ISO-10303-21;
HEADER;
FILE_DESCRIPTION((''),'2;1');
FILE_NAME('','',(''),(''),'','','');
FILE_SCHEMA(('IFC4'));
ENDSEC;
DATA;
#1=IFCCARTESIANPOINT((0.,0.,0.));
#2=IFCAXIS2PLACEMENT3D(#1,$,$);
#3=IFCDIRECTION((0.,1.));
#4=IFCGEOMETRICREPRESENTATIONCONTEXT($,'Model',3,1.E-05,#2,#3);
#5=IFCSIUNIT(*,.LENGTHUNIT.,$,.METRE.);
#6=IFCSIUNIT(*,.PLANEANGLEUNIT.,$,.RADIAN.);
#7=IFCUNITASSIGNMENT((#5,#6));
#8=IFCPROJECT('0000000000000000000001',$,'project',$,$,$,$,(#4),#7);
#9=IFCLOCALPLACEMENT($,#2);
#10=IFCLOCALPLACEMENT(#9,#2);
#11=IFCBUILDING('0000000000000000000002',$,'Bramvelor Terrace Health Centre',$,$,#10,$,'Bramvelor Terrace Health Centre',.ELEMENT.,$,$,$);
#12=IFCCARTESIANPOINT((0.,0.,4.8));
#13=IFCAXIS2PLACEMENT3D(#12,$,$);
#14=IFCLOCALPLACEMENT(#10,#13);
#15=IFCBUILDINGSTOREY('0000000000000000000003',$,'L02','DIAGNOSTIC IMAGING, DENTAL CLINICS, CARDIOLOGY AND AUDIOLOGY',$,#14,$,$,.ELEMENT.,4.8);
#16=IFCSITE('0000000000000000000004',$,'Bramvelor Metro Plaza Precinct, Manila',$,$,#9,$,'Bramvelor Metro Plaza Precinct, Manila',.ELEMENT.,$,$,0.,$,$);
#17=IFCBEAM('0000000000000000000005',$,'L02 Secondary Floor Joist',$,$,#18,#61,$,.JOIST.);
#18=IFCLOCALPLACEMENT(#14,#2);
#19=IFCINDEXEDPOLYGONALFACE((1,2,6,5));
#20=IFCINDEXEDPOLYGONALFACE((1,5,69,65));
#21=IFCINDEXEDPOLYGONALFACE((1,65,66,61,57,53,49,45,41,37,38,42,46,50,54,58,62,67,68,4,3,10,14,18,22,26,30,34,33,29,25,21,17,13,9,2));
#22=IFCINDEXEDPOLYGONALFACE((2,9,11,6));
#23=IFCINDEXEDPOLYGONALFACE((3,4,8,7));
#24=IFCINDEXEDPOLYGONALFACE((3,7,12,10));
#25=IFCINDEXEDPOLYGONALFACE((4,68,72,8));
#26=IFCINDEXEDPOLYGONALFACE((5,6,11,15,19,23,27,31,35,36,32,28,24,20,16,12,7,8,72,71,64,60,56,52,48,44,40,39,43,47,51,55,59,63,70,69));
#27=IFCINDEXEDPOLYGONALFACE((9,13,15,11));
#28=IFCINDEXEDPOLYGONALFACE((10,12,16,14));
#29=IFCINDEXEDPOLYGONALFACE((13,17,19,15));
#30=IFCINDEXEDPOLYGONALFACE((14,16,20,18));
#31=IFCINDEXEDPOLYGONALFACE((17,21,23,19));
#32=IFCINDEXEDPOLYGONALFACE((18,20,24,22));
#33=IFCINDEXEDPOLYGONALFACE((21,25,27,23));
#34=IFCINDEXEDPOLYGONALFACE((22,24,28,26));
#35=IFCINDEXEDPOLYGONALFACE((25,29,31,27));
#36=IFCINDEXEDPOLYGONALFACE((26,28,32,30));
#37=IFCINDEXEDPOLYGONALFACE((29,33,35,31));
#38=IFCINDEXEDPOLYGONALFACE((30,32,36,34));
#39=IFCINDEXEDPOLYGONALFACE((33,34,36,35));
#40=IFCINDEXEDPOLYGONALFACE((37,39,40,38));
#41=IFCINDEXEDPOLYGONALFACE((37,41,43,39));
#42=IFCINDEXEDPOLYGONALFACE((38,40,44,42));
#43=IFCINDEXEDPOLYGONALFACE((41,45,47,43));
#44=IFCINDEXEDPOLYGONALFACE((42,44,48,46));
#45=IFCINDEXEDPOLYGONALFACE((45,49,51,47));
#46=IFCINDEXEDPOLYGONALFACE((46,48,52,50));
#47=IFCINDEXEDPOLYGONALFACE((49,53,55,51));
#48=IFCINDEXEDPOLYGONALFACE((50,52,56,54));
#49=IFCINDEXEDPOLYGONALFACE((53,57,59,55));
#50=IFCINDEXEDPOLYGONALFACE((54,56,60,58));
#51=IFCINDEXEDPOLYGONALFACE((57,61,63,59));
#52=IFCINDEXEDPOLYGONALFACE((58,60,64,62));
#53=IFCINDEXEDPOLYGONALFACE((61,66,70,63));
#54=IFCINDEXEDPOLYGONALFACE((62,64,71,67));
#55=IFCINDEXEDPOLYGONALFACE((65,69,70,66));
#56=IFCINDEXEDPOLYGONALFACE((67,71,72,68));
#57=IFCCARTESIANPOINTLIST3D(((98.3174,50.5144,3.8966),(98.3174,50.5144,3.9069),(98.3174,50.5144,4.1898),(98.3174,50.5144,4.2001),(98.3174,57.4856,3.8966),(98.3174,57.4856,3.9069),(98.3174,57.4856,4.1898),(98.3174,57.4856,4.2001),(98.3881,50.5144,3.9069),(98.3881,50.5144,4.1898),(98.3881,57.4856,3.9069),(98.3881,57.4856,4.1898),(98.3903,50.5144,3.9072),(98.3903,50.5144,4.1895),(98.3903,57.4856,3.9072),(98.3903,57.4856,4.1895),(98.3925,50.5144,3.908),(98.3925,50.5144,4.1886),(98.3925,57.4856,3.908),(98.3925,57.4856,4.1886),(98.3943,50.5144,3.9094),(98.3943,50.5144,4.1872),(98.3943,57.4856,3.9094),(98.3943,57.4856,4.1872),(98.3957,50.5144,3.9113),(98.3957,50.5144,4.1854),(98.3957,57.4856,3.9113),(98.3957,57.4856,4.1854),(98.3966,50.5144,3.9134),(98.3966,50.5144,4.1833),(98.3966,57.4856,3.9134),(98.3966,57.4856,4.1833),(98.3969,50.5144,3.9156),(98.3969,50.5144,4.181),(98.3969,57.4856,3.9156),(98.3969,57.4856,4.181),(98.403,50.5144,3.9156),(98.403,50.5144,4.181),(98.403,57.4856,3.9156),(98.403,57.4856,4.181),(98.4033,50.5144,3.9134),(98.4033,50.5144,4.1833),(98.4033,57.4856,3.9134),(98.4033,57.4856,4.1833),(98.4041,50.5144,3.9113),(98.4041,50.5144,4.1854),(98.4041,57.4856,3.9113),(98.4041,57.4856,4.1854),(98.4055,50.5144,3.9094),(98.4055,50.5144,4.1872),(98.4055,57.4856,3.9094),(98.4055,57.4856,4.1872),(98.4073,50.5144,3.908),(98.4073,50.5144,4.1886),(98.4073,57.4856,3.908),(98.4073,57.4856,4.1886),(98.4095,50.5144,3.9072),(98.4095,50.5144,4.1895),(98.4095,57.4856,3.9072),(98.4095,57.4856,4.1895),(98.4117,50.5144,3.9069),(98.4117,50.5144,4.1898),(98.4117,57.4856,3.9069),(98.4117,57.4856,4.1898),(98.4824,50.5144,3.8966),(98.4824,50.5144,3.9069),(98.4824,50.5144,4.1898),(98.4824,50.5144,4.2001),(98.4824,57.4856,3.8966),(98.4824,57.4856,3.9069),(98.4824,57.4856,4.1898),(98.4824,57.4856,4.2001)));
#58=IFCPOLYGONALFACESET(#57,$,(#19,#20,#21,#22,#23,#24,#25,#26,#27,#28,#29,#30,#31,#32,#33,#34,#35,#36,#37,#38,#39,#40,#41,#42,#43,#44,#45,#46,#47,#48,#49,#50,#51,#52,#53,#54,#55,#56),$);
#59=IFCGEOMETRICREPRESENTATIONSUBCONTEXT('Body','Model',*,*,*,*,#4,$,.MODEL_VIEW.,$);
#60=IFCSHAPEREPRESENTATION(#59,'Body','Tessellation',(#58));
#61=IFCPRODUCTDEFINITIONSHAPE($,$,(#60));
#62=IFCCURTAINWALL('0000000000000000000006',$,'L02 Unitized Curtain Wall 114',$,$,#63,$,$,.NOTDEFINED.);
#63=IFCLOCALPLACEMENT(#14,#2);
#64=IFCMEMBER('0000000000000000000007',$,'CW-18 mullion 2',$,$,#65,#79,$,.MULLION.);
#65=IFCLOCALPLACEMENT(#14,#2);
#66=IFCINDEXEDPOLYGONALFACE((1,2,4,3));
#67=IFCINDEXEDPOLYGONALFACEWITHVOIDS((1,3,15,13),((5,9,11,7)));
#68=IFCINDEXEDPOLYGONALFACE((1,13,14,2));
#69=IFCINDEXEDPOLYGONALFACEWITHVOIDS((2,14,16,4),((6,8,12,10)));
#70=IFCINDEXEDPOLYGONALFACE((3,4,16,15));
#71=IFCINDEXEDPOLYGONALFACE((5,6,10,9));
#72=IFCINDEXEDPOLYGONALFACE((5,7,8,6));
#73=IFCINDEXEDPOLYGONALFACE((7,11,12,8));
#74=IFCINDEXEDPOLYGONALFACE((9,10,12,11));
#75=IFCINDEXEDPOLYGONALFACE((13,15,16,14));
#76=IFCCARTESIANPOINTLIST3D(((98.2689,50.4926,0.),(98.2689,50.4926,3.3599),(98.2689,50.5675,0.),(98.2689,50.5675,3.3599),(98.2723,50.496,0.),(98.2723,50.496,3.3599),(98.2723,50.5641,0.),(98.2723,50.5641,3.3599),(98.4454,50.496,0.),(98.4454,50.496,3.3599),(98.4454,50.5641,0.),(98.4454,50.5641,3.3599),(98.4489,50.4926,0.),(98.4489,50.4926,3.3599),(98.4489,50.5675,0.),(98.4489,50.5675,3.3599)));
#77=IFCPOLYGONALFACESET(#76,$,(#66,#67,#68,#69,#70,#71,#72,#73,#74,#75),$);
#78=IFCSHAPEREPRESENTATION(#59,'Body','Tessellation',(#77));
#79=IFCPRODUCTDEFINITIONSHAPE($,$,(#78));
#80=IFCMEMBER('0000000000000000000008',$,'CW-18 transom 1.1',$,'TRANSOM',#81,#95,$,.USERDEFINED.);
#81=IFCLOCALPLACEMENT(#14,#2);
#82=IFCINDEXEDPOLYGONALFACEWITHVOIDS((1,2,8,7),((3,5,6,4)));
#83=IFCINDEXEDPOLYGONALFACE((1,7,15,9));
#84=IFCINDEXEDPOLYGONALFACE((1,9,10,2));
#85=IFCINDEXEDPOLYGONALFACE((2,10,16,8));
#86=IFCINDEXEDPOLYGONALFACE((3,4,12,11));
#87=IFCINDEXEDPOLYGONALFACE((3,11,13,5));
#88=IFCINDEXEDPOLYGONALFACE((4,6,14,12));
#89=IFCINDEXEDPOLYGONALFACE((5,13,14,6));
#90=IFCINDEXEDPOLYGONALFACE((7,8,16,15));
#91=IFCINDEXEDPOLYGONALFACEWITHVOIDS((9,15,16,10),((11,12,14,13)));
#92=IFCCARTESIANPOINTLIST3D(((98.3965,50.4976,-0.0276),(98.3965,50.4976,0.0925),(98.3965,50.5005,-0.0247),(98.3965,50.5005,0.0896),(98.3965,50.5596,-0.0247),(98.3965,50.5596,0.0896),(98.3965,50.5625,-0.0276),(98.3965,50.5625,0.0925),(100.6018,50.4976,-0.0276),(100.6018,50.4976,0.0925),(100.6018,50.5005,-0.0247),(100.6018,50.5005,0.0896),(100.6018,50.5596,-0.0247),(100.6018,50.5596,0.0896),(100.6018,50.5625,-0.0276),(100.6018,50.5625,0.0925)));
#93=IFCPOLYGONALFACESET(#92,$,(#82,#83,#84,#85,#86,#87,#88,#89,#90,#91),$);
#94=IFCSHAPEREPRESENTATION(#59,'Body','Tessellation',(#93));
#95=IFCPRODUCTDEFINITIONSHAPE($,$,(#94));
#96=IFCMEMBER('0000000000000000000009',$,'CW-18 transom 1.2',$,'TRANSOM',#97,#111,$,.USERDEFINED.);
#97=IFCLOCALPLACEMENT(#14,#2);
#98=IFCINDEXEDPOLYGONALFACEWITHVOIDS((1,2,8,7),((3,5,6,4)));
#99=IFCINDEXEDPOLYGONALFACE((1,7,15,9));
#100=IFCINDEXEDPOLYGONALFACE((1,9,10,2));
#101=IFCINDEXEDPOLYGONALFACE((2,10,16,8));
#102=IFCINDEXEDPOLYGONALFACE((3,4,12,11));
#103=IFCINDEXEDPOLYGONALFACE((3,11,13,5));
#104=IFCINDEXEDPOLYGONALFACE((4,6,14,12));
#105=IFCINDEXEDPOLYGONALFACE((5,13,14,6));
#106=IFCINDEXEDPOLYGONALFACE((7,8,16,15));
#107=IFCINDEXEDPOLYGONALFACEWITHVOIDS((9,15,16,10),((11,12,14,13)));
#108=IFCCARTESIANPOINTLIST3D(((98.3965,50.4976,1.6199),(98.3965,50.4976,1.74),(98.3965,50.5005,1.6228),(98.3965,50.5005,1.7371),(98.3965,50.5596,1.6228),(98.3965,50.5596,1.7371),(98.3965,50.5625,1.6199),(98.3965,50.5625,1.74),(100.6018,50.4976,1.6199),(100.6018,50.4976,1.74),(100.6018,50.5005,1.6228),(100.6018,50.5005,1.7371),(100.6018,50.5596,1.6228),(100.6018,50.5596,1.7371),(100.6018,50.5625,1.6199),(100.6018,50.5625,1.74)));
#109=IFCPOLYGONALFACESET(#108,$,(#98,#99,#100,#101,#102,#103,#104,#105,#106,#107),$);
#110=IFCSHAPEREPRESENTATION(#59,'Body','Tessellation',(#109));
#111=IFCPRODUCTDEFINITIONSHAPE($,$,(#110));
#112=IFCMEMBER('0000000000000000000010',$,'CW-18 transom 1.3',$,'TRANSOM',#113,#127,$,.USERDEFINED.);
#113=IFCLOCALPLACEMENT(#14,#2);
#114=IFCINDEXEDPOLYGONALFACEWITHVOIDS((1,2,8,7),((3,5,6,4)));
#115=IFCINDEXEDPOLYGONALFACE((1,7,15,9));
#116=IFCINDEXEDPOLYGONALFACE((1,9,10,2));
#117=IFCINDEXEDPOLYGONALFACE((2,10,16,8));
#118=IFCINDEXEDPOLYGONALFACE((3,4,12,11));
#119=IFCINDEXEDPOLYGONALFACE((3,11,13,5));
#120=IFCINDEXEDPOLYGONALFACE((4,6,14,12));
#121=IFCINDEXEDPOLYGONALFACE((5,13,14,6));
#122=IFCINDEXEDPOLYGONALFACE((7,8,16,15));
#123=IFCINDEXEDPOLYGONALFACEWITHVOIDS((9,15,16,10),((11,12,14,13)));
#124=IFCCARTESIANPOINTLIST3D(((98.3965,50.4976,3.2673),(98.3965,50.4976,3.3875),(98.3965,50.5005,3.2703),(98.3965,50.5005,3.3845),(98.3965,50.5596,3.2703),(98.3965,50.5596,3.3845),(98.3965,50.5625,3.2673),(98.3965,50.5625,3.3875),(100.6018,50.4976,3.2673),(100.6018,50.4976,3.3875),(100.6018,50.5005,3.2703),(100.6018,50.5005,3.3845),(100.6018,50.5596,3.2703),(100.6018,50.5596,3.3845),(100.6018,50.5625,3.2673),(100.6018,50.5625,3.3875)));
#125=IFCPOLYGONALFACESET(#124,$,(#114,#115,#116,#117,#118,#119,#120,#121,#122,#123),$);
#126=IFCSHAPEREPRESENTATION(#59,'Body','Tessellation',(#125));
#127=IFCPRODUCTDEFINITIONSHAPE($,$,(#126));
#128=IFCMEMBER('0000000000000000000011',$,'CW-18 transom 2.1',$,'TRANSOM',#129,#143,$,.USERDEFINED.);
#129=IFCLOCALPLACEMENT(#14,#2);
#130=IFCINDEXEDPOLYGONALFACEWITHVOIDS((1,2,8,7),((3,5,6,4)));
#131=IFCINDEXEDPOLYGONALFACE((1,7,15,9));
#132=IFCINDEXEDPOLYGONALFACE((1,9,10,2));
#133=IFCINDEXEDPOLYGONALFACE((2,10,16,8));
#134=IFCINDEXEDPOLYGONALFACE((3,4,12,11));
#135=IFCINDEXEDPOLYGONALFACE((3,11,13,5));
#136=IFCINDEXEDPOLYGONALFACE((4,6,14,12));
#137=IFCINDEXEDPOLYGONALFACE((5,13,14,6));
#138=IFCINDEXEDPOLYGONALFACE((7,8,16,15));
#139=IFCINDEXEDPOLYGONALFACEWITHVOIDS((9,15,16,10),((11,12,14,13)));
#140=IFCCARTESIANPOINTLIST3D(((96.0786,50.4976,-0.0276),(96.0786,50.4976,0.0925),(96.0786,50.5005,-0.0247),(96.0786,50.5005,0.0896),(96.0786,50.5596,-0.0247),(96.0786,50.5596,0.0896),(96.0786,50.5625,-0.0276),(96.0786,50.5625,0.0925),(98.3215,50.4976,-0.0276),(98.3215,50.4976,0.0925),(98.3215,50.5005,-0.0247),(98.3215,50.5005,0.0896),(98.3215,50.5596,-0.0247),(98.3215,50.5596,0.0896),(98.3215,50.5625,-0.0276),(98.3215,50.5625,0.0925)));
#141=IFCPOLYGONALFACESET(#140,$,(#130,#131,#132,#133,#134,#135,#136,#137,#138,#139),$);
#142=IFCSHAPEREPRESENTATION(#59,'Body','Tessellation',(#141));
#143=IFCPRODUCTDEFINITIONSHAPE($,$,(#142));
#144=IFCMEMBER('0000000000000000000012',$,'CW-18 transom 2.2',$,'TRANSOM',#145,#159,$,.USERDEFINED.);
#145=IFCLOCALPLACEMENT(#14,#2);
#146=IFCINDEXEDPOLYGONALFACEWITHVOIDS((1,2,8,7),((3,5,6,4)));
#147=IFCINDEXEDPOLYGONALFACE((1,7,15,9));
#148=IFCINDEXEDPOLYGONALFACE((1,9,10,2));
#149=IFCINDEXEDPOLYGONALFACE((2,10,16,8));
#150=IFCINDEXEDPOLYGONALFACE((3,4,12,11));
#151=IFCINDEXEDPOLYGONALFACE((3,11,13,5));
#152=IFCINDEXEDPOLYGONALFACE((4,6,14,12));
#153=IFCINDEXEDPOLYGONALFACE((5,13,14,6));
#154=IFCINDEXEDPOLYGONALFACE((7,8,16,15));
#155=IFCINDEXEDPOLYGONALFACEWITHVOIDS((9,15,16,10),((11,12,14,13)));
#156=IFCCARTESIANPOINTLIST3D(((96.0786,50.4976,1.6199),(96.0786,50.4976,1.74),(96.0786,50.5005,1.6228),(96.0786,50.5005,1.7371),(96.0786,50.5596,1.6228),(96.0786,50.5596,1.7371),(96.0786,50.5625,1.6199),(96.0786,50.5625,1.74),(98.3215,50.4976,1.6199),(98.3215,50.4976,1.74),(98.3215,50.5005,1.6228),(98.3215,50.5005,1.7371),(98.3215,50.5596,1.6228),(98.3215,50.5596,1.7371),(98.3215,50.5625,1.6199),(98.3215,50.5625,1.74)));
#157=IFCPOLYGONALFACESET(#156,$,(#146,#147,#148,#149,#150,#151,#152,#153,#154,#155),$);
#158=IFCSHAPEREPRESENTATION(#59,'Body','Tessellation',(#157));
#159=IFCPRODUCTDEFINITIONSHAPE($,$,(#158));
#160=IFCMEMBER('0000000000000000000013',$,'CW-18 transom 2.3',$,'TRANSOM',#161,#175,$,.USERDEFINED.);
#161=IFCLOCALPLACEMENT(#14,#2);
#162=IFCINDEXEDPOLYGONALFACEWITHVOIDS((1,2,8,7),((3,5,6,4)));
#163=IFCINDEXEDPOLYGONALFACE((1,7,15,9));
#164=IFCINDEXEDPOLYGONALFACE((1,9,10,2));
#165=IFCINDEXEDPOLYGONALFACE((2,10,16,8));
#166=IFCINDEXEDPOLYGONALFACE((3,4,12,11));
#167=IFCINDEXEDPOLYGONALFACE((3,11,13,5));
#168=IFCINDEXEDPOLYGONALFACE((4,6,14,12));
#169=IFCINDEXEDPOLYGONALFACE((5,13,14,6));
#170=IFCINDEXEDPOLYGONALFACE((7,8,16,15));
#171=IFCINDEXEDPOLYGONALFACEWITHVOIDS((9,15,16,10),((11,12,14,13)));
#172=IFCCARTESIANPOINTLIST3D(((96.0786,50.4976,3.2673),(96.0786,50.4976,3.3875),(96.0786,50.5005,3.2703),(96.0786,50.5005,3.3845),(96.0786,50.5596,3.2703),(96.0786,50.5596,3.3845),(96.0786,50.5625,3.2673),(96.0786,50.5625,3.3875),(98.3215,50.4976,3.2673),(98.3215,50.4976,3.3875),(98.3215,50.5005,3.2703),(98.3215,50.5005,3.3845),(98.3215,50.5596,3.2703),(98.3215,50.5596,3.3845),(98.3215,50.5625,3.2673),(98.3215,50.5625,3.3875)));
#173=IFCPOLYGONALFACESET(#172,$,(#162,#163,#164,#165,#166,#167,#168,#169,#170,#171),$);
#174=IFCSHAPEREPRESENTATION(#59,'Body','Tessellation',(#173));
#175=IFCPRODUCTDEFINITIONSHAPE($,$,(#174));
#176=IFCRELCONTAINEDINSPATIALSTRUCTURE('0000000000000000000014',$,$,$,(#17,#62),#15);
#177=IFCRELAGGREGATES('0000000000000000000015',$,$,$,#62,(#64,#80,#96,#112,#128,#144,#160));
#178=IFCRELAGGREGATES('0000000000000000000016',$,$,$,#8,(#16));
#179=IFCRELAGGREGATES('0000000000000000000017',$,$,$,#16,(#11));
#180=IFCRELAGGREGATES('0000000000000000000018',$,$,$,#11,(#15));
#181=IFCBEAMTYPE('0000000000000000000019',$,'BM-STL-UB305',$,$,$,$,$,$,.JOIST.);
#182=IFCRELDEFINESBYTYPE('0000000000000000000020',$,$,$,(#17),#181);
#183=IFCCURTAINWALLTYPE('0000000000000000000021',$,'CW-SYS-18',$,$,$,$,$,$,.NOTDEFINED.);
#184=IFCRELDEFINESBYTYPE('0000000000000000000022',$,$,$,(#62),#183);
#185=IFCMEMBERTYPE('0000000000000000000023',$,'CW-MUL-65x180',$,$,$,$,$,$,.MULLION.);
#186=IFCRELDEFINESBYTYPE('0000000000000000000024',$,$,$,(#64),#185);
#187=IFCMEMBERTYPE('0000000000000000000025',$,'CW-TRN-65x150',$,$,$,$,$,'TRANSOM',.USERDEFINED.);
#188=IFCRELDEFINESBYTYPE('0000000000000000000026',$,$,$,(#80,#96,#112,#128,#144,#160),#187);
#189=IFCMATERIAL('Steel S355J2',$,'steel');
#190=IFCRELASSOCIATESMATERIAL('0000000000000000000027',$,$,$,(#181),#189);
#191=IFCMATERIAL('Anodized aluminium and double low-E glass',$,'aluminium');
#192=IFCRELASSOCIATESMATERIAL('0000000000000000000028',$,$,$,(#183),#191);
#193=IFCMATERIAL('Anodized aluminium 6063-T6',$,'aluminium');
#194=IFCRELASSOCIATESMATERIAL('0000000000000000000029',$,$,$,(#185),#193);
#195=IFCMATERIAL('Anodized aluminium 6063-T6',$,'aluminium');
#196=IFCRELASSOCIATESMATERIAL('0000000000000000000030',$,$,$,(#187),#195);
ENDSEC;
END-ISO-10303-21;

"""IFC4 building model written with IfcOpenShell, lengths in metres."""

from ifc_helpers import new_model, si_unit, direction, frame, origin, origin_2d, place, context, subcontext, project, spatial, hollow_rectangle, i_section, extrude, material, material_profile, profile_set, type_object, element, aggregate, save


model = new_model("IFC4")

# Units and contexts
model_context = context("Model", 3, precision=1e-05, world=origin(), true_north=direction((0.0, 1.0)))
body_context = subcontext(model_context, "Body", "Model", "MODEL_VIEW")
ifc_project = project(units=[si_unit("LENGTHUNIT", "METRE"), si_unit("PLANEANGLEUNIT", "RADIAN")], contexts=[model_context])

# Site, building, storey
site_placement = place(None, origin())
site = spatial("IfcSite", under=ifc_project, at=site_placement, Name="Bramvelor Metro Plaza Precinct, Manila", LongName="Bramvelor Metro Plaza Precinct, Manila", CompositionType="ELEMENT", RefElevation=0.0)
building_placement = place(site_placement, origin())
building = spatial("IfcBuilding", under=site, at=building_placement, Name="Bramvelor Terrace Health Centre", LongName="Bramvelor Terrace Health Centre", CompositionType="ELEMENT")
storey_placement = place(building_placement, frame((0.0, 0.0, 4.8)))
storey = spatial("IfcBuildingStorey", under=building, at=storey_placement, Name="L02", Description="DIAGNOSTIC IMAGING, DENTAL CLINICS, CARDIOLOGY AND AUDIOLOGY", CompositionType="ELEMENT", Elevation=4.8)

# Beam
ifc_material_1 = material(Name="Steel S355J2", Category="steel")
ifc_material_profile_1 = material_profile(ifc_material_1, i_section(OverallWidth=0.165, OverallDepth=0.3035, WebThickness=0.0061, FlangeThickness=0.0103, FilletRadius=0.0088, at=origin_2d()), Name="UB 305x165x40")
ifc_profile_set_1 = profile_set([ifc_material_profile_1], Name="Steel S355J2")
beam_type = type_object("IfcBeamType", Name="BM-STL-UB305", PredefinedType="JOIST", material=ifc_profile_set_1)
beam_placement = place(storey_placement, frame((98.3999, 50.5144, 4.0483), z_axis=(0.0, 1.0, 0.0), x_axis=(-1.0, 0.0, 0.0)))
element("IfcBeam", 1, at=beam_placement, inside=storey, type_object=beam_type, Name="L02 Secondary Floor Joist", PredefinedType="JOIST", context=body_context, shape_type="SweptSolid", body=[
    extrude(i_section(OverallWidth=0.165, OverallDepth=0.3035, WebThickness=0.0061, FlangeThickness=0.0103, FilletRadius=0.0088, at=origin_2d()), origin(), (0.0, 0.0, 1.0), 6.9712),
])

# Curtain wall, members
ifc_material_2 = material(Name="Anodized aluminium and double low-E glass", Category="aluminium")
curtain_wall_type = type_object("IfcCurtainWallType", Name="CW-SYS-18", PredefinedType="NOTDEFINED", material=ifc_material_2)
curtain_wall_1_placement = place(storey_placement, origin())
curtain_wall_1 = element("IfcCurtainWall", 2, at=curtain_wall_1_placement, inside=storey, type_object=curtain_wall_type, Name="L02 Unitized Curtain Wall 114", PredefinedType="NOTDEFINED")
ifc_material_3 = material(Name="Anodized aluminium 6063-T6", Category="aluminium")
ifc_material_profile_2 = material_profile(ifc_material_3, hollow_rectangle(XDim=0.075, YDim=0.1799, WallThickness=0.0034, at=origin_2d()), Name="ALU-MUL 75x180x3.5")
ifc_profile_set_2 = profile_set([ifc_material_profile_2], Name="Anodized aluminium 6063-T6")
member_type_1 = type_object("IfcMemberType", Name="CW-MUL-65x180", PredefinedType="MULLION", material=ifc_profile_set_2)
member_1_placement = place(storey_placement, frame((98.3589, 50.53, 0.0), z_axis=(0.0, 0.0, 1.0), x_axis=(0.0, -1.0, 0.0)))
member_1 = element("IfcMember", 3, at=member_1_placement, type_object=member_type_1, Name="CW-18 mullion 2", PredefinedType="MULLION", context=body_context, shape_type="SweptSolid", body=[
    extrude(hollow_rectangle(XDim=0.075, YDim=0.1799, WallThickness=0.0034, at=origin_2d()), origin(), (0.0, 0.0, 1.0), 3.3599),
])
ifc_material_4 = material(Name="Anodized aluminium 6063-T6", Category="aluminium")
ifc_material_profile_3 = material_profile(ifc_material_4, hollow_rectangle(XDim=0.0649, YDim=0.1201, WallThickness=0.0029, at=origin_2d()), Name="ALU-TRN 65x120x3.0")
ifc_profile_set_3 = profile_set([ifc_material_profile_3], Name="Anodized aluminium 6063-T6")
member_type_2 = type_object("IfcMemberType", Name="CW-TRN-65x150", ElementType="TRANSOM", PredefinedType="USERDEFINED", material=ifc_profile_set_3)
member_2_placement = place(storey_placement, frame((100.6018, 50.53, 0.0325), z_axis=(-1.0, 0.0, 0.0), x_axis=(0.0, -1.0, 0.0)))
member_2 = element("IfcMember", 4, at=member_2_placement, type_object=member_type_2, Name="CW-18 transom 1.1", ObjectType="TRANSOM", PredefinedType="USERDEFINED", context=body_context, shape_type="SweptSolid", body=[
    extrude(hollow_rectangle(XDim=0.0649, YDim=0.1201, WallThickness=0.0029, at=origin_2d()), origin(), (0.0, 0.0, 1.0), 2.2053),
])
member_3_placement = place(storey_placement, frame((100.6018, 50.53, 1.6799), z_axis=(-1.0, 0.0, 0.0), x_axis=(0.0, -1.0, 0.0)))
member_3 = element("IfcMember", 5, at=member_3_placement, type_object=member_type_2, Name="CW-18 transom 1.2", ObjectType="TRANSOM", PredefinedType="USERDEFINED", context=body_context, shape_type="SweptSolid", body=[
    extrude(hollow_rectangle(XDim=0.0649, YDim=0.1201, WallThickness=0.0029, at=origin_2d()), origin(), (0.0, 0.0, 1.0), 2.2053),
])
member_4_placement = place(storey_placement, frame((100.6018, 50.53, 3.3274), z_axis=(-1.0, 0.0, 0.0), x_axis=(0.0, -1.0, 0.0)))
member_4 = element("IfcMember", 6, at=member_4_placement, type_object=member_type_2, Name="CW-18 transom 1.3", ObjectType="TRANSOM", PredefinedType="USERDEFINED", context=body_context, shape_type="SweptSolid", body=[
    extrude(hollow_rectangle(XDim=0.0649, YDim=0.1201, WallThickness=0.0029, at=origin_2d()), origin(), (0.0, 0.0, 1.0), 2.2053),
])
member_5_placement = place(storey_placement, frame((98.3215, 50.53, 0.0325), z_axis=(-1.0, 0.0, 0.0), x_axis=(0.0, -1.0, 0.0)))
member_5 = element("IfcMember", 7, at=member_5_placement, type_object=member_type_2, Name="CW-18 transom 2.1", ObjectType="TRANSOM", PredefinedType="USERDEFINED", context=body_context, shape_type="SweptSolid", body=[
    extrude(hollow_rectangle(XDim=0.0649, YDim=0.1201, WallThickness=0.0029, at=origin_2d()), origin(), (0.0, 0.0, 1.0), 2.2429),
])
member_6_placement = place(storey_placement, frame((98.3215, 50.53, 1.6799), z_axis=(-1.0, 0.0, 0.0), x_axis=(0.0, -1.0, 0.0)))
member_6 = element("IfcMember", 8, at=member_6_placement, type_object=member_type_2, Name="CW-18 transom 2.2", ObjectType="TRANSOM", PredefinedType="USERDEFINED", context=body_context, shape_type="SweptSolid", body=[
    extrude(hollow_rectangle(XDim=0.0649, YDim=0.1201, WallThickness=0.0029, at=origin_2d()), origin(), (0.0, 0.0, 1.0), 2.2429),
])
member_7_placement = place(storey_placement, frame((98.3215, 50.53, 3.3274), z_axis=(-1.0, 0.0, 0.0), x_axis=(0.0, -1.0, 0.0)))
member_7 = element("IfcMember", 9, at=member_7_placement, type_object=member_type_2, Name="CW-18 transom 2.3", ObjectType="TRANSOM", PredefinedType="USERDEFINED", context=body_context, shape_type="SweptSolid", body=[
    extrude(hollow_rectangle(XDim=0.0649, YDim=0.1201, WallThickness=0.0029, at=origin_2d()), origin(), (0.0, 0.0, 1.0), 2.2429),
])

aggregate(curtain_wall_1, [member_1, member_2, member_3, member_4, member_5, member_6, member_7])

save(model, "model.ifc")
